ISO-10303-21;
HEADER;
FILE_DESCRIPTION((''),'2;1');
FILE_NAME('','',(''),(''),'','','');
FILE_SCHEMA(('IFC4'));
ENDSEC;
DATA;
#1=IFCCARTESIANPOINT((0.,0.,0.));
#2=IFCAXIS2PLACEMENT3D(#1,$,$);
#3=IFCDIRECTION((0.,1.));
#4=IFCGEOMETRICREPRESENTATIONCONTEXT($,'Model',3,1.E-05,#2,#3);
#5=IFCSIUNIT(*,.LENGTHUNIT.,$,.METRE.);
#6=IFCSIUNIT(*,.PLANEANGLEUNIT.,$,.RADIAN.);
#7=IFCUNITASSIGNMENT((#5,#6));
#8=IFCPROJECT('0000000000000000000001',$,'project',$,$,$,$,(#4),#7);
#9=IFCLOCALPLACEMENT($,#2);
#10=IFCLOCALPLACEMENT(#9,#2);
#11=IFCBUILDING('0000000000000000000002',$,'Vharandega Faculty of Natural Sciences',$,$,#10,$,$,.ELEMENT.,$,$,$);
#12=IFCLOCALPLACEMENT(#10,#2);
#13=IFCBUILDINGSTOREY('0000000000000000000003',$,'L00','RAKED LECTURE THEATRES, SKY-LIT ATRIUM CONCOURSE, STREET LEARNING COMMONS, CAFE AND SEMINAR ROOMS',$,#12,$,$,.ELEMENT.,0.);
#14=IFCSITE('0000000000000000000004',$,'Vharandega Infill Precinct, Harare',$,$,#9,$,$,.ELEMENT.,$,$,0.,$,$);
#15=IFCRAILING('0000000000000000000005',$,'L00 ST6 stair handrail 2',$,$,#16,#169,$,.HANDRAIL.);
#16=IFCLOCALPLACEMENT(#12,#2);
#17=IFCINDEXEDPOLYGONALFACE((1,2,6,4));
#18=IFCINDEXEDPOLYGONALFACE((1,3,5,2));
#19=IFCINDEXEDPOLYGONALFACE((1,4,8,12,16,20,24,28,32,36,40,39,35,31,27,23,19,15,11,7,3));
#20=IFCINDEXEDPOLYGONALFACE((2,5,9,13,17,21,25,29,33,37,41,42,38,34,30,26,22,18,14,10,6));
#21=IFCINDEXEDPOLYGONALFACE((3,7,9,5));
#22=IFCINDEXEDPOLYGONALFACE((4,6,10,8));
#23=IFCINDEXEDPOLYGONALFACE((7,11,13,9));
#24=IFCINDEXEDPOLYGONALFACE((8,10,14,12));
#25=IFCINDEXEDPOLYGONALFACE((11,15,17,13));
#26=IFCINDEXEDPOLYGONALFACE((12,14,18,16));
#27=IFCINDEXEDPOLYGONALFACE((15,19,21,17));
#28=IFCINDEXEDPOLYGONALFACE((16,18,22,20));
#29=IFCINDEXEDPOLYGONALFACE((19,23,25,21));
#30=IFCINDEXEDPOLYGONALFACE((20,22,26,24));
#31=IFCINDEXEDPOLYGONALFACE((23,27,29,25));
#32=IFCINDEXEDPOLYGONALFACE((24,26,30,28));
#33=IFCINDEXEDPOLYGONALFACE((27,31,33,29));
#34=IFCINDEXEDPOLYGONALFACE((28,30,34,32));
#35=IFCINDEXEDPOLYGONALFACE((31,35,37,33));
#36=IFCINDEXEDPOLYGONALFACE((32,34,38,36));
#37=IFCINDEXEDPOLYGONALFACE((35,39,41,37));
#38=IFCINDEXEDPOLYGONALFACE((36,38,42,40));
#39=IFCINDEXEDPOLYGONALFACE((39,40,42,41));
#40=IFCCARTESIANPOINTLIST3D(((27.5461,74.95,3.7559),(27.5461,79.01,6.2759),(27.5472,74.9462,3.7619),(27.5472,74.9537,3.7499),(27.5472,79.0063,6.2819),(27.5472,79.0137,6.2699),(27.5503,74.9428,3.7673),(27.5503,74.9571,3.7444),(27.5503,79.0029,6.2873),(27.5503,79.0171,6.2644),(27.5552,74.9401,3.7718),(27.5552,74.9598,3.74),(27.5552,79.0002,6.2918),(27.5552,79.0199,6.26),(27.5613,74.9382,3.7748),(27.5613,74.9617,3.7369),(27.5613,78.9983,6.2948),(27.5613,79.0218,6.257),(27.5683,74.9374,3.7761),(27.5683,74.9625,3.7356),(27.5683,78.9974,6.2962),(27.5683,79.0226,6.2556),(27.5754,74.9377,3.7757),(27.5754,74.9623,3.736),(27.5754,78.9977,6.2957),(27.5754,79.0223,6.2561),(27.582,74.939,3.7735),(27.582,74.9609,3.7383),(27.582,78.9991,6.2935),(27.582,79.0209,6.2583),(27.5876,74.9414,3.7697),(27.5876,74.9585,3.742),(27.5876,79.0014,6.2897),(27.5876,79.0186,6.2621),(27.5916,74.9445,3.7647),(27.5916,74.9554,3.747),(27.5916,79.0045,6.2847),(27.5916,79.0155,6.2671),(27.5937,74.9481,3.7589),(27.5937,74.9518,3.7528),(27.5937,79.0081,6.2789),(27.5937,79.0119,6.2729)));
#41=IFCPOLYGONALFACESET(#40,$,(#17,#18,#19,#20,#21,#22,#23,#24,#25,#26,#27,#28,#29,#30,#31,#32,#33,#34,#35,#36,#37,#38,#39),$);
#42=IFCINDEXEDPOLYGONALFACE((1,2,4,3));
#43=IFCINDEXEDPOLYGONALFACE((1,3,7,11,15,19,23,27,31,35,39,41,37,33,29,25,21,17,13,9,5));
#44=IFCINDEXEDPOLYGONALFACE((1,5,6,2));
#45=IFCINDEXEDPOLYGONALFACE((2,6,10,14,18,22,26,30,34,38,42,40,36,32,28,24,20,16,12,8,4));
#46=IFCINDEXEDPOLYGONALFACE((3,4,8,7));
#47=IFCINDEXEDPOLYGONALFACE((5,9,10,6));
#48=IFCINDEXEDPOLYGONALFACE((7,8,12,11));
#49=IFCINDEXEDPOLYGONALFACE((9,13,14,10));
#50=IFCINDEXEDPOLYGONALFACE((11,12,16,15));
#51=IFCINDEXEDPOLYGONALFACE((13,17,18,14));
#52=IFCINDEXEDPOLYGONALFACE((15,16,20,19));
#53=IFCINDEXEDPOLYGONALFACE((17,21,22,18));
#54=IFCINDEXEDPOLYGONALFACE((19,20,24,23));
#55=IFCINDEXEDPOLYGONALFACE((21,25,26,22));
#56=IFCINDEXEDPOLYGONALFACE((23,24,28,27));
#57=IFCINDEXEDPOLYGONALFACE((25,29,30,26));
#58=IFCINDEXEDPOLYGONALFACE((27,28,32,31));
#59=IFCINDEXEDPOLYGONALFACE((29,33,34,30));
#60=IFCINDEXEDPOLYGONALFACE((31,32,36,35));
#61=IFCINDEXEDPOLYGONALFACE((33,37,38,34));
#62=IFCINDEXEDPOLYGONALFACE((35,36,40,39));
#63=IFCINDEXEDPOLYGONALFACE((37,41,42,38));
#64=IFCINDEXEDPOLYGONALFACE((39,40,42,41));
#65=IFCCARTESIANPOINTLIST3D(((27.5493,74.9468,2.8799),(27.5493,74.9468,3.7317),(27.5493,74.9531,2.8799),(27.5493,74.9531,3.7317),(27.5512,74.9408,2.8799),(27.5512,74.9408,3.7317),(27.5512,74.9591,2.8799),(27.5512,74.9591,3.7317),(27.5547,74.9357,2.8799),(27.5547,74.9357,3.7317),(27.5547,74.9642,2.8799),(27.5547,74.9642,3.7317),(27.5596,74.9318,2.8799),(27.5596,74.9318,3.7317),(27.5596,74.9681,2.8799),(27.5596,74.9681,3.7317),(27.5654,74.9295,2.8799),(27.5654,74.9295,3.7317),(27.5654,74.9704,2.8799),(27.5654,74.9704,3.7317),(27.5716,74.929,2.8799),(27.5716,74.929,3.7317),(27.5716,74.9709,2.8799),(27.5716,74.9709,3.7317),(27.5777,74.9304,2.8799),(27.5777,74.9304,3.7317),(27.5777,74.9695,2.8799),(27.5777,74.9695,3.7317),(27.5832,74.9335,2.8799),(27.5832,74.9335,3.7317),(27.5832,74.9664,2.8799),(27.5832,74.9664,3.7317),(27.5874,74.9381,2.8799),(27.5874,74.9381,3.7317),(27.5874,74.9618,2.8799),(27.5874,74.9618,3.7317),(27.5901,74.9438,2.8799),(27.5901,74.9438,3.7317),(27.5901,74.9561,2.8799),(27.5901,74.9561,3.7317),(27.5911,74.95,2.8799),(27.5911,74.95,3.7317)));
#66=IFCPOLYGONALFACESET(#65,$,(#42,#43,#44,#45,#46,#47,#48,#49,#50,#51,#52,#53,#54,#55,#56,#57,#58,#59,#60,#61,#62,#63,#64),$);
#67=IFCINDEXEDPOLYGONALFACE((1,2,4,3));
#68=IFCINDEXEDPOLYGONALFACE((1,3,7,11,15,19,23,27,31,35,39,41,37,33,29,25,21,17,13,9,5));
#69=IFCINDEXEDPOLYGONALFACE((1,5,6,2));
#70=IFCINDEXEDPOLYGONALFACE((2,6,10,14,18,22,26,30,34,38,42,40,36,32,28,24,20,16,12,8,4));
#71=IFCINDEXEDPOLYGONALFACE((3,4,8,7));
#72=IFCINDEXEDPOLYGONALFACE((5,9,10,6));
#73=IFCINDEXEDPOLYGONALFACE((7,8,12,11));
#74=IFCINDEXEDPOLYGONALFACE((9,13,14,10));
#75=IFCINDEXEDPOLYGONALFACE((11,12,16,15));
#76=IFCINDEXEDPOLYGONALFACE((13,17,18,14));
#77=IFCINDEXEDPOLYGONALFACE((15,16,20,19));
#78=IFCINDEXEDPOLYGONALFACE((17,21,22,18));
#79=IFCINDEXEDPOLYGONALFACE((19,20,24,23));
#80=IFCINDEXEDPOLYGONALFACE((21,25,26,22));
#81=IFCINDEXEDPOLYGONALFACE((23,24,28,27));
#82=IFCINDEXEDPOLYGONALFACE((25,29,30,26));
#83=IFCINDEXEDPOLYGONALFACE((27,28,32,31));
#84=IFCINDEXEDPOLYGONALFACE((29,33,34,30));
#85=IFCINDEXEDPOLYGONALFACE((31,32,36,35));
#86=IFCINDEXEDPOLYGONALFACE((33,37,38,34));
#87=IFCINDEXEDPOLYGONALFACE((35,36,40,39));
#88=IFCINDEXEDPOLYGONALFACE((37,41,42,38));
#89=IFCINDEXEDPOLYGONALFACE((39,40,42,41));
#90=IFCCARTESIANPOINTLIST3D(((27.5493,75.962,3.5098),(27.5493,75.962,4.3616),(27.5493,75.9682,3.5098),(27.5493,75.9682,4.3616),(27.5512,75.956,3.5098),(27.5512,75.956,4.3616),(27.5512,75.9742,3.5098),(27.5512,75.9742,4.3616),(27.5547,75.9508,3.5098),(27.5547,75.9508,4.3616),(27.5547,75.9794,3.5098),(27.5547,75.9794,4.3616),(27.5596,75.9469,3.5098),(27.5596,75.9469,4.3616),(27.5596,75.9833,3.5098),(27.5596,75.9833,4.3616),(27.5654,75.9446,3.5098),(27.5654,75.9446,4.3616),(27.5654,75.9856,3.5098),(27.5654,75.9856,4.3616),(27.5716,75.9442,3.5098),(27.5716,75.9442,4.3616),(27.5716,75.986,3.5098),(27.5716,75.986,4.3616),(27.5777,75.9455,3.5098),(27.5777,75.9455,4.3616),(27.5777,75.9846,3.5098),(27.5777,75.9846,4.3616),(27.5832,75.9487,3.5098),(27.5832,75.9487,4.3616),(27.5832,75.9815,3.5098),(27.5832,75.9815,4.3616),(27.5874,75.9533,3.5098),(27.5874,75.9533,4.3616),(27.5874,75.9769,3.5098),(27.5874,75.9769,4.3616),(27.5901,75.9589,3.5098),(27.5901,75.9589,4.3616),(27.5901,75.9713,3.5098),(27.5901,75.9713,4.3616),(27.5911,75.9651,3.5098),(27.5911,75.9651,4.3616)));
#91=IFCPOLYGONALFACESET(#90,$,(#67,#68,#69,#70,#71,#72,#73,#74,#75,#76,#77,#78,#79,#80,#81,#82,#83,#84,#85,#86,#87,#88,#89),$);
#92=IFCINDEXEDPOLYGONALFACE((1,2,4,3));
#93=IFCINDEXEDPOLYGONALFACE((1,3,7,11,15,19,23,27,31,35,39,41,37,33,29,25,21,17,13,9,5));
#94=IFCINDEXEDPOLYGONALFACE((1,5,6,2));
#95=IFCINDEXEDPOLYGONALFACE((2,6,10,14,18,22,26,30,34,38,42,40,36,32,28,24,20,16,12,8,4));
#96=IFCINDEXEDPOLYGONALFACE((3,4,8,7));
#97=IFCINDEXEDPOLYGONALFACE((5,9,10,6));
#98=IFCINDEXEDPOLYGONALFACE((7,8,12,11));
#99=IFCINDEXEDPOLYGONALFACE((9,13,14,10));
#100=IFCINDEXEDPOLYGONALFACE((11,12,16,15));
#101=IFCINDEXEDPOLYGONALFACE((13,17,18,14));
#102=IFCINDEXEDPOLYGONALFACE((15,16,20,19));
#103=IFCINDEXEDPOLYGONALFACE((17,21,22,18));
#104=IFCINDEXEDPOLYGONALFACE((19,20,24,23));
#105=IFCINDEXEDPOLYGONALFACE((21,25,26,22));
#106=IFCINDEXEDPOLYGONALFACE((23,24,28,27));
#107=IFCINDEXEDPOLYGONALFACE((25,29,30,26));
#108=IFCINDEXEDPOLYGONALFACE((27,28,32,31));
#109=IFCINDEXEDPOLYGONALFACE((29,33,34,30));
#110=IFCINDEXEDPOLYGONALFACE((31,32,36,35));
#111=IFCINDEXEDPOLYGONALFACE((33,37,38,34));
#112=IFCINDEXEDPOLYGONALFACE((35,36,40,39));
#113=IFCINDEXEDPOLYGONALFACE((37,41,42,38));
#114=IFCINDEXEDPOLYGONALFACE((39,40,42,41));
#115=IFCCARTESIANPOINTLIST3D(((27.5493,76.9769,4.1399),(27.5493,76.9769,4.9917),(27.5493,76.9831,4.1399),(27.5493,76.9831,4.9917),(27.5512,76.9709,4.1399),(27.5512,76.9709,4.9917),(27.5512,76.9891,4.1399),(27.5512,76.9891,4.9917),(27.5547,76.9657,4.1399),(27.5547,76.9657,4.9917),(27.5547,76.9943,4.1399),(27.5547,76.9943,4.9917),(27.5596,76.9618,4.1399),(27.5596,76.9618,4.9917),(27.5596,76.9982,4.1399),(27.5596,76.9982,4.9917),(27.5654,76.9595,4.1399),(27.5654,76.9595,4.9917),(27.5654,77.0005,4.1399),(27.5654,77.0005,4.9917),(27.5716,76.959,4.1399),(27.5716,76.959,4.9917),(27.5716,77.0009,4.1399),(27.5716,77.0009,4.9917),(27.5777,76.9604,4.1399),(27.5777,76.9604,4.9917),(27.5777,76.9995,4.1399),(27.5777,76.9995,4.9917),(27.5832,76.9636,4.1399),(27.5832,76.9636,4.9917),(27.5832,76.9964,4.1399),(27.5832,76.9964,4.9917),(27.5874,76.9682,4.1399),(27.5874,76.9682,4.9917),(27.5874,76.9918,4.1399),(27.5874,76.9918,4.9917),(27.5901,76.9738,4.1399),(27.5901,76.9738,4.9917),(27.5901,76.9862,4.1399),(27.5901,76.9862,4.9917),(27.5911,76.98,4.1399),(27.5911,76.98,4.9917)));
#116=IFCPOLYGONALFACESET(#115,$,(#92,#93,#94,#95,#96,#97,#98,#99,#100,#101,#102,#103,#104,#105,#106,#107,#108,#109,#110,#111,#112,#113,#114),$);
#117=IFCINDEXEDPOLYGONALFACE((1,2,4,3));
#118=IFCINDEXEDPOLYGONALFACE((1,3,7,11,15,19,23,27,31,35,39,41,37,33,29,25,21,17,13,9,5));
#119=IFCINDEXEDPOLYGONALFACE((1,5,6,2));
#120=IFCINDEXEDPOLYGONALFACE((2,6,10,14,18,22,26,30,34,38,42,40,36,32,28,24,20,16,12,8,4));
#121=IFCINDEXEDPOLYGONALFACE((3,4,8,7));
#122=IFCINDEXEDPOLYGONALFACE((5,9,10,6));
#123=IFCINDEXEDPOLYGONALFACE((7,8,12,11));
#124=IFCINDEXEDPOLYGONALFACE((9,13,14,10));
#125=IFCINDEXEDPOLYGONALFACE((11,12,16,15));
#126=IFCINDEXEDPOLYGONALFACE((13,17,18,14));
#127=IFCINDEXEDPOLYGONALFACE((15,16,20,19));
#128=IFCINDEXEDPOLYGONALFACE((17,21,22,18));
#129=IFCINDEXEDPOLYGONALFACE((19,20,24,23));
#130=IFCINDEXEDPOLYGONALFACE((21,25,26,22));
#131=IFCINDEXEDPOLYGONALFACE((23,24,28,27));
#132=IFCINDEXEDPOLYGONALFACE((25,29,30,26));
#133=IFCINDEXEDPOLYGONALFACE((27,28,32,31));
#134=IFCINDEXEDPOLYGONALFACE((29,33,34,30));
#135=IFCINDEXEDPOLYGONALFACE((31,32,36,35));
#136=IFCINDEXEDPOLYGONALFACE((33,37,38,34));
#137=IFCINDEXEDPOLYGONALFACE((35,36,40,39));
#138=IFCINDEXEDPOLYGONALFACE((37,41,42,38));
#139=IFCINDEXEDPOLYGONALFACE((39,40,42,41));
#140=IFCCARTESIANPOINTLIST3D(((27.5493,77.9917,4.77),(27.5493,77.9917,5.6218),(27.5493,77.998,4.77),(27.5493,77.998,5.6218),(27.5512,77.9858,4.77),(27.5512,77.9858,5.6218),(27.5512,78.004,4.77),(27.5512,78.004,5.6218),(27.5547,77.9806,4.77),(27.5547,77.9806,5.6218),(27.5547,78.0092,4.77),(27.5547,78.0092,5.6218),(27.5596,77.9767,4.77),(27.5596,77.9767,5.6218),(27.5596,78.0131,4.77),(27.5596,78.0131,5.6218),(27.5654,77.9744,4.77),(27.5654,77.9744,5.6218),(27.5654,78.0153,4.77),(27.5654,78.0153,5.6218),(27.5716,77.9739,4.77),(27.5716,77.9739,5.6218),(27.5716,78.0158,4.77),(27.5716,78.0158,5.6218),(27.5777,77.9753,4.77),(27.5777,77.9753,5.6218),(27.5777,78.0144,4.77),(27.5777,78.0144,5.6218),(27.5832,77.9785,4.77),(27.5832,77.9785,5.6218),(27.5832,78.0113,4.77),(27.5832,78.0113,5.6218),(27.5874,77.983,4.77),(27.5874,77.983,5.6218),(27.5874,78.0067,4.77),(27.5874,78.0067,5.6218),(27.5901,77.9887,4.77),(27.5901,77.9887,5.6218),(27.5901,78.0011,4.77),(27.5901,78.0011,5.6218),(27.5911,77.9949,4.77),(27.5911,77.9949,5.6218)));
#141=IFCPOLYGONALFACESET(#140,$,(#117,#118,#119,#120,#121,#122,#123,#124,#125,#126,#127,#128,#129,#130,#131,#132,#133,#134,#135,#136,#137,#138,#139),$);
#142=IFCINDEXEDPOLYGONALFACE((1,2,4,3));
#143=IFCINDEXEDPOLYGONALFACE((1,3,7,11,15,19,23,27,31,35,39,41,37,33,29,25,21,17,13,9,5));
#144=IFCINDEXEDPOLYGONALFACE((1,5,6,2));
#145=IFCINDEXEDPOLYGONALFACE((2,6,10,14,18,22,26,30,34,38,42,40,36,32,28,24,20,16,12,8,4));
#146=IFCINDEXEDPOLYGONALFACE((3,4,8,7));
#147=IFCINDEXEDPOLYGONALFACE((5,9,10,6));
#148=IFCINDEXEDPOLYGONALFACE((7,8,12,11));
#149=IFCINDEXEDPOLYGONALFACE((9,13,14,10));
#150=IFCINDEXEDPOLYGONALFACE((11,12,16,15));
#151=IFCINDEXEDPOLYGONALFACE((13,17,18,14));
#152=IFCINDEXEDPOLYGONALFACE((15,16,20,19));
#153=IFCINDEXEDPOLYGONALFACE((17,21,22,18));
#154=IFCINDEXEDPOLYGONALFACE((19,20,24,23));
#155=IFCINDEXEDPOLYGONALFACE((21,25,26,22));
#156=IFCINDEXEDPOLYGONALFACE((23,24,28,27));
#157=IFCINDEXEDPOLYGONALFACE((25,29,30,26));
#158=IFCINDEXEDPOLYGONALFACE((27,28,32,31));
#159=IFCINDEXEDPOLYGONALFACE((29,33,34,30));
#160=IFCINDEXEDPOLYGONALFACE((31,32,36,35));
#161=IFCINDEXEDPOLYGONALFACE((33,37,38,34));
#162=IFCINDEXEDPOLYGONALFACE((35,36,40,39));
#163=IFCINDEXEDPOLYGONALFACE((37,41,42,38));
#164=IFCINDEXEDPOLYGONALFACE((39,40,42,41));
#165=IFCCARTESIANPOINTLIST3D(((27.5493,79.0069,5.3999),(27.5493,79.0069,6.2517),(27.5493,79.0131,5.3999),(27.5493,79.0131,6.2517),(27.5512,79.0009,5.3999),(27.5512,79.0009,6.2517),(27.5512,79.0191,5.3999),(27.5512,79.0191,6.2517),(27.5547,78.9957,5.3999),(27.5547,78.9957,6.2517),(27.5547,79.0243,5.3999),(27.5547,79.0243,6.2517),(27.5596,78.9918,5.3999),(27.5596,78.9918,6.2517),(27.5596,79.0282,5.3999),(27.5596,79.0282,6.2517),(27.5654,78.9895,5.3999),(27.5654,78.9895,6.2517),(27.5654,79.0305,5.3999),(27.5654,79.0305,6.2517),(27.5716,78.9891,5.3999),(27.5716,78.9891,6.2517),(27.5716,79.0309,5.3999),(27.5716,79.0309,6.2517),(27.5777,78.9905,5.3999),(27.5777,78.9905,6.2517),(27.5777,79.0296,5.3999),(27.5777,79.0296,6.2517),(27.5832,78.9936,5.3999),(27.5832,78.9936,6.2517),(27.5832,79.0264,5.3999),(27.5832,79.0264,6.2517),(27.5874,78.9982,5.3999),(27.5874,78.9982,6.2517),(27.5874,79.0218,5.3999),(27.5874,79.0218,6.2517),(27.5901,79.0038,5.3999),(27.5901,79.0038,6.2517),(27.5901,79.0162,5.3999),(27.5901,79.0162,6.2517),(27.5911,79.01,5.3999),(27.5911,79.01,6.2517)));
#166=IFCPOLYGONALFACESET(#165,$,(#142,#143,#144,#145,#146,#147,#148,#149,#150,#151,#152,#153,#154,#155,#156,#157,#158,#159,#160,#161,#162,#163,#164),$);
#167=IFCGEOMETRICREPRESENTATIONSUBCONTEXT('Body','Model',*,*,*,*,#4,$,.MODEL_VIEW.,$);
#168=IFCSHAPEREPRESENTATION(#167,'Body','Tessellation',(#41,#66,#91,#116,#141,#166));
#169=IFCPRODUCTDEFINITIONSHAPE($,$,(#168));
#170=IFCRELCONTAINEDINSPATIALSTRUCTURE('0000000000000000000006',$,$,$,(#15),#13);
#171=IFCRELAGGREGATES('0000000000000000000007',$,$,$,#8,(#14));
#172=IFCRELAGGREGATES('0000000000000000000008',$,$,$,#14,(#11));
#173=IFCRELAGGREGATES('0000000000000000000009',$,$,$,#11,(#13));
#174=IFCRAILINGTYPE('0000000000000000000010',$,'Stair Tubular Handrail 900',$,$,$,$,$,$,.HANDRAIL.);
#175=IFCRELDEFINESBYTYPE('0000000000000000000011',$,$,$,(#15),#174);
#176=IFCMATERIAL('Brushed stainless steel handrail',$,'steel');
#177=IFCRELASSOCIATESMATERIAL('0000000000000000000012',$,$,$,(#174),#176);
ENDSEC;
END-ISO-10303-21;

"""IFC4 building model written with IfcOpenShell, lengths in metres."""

from ifc_helpers import new_model, si_unit, direction, frame, origin, origin_2d, place, context, subcontext, project, spatial, circle, extrude, material, type_object, element, save


model = new_model("IFC4")

# Units and contexts
model_context = context("Model", 3, precision=1e-05, world=origin(), true_north=direction((0.0, 1.0)))
body_context = subcontext(model_context, "Body", "Model", "MODEL_VIEW")
ifc_project = project(units=[si_unit("LENGTHUNIT", "METRE"), si_unit("PLANEANGLEUNIT", "RADIAN")], contexts=[model_context])

# Site, building, storey
site_placement = place(None, origin())
site = spatial("IfcSite", under=ifc_project, at=site_placement, Name="Vharandega Infill Precinct, Harare", CompositionType="ELEMENT", RefElevation=0.0)
building_placement = place(site_placement, origin())
building = spatial("IfcBuilding", under=site, at=building_placement, Name="Vharandega Faculty of Natural Sciences", CompositionType="ELEMENT")
storey_placement = place(building_placement, origin())
storey = spatial("IfcBuildingStorey", under=building, at=storey_placement, Name="L00", Description="RAKED LECTURE THEATRES, SKY-LIT ATRIUM CONCOURSE, STREET LEARNING COMMONS, CAFE AND SEMINAR ROOMS", CompositionType="ELEMENT", Elevation=0.0)

# Railing
ifc_material_1 = material(Name="Brushed stainless steel handrail", Category="steel")
railing_type_1 = type_object("IfcRailingType", Name="Stair Tubular Handrail 900", PredefinedType="HANDRAIL", material=ifc_material_1)
railing_1_placement = place(storey_placement, frame((27.5701, 74.95, 2.8799)))
element("IfcRailing", 1, at=railing_1_placement, inside=storey, type_object=railing_type_1, Name="L00 ST6 stair handrail 2", PredefinedType="HANDRAIL", context=body_context, shape_type="SweptSolid", body=[
    extrude(circle(Radius=0.0239, at=origin_2d()), frame((0.0, 0.0, 0.876), z_axis=(0.0, 0.849642, 0.52736), x_axis=(-1.0, 0.0, 0.0)), (0.0, 0.0, 1.0), 4.7786),
    extrude(circle(Radius=0.021, at=origin_2d()), origin(), (0.0, 0.0, 1.0), 0.8518),
    extrude(circle(Radius=0.021, at=origin_2d()), frame((0.0, 1.0151, 0.6299)), (0.0, 0.0, 1.0), 0.8518),
    extrude(circle(Radius=0.021, at=origin_2d()), frame((0.0, 2.03, 1.26)), (0.0, 0.0, 1.0), 0.8518),
    extrude(circle(Radius=0.021, at=origin_2d()), frame((0.0, 3.0449, 1.8901)), (0.0, 0.0, 1.0), 0.8518),
    extrude(circle(Radius=0.021, at=origin_2d()), frame((0.0, 4.0601, 2.52)), (0.0, 0.0, 1.0), 0.8518),
])

save(model, "model.ifc")
